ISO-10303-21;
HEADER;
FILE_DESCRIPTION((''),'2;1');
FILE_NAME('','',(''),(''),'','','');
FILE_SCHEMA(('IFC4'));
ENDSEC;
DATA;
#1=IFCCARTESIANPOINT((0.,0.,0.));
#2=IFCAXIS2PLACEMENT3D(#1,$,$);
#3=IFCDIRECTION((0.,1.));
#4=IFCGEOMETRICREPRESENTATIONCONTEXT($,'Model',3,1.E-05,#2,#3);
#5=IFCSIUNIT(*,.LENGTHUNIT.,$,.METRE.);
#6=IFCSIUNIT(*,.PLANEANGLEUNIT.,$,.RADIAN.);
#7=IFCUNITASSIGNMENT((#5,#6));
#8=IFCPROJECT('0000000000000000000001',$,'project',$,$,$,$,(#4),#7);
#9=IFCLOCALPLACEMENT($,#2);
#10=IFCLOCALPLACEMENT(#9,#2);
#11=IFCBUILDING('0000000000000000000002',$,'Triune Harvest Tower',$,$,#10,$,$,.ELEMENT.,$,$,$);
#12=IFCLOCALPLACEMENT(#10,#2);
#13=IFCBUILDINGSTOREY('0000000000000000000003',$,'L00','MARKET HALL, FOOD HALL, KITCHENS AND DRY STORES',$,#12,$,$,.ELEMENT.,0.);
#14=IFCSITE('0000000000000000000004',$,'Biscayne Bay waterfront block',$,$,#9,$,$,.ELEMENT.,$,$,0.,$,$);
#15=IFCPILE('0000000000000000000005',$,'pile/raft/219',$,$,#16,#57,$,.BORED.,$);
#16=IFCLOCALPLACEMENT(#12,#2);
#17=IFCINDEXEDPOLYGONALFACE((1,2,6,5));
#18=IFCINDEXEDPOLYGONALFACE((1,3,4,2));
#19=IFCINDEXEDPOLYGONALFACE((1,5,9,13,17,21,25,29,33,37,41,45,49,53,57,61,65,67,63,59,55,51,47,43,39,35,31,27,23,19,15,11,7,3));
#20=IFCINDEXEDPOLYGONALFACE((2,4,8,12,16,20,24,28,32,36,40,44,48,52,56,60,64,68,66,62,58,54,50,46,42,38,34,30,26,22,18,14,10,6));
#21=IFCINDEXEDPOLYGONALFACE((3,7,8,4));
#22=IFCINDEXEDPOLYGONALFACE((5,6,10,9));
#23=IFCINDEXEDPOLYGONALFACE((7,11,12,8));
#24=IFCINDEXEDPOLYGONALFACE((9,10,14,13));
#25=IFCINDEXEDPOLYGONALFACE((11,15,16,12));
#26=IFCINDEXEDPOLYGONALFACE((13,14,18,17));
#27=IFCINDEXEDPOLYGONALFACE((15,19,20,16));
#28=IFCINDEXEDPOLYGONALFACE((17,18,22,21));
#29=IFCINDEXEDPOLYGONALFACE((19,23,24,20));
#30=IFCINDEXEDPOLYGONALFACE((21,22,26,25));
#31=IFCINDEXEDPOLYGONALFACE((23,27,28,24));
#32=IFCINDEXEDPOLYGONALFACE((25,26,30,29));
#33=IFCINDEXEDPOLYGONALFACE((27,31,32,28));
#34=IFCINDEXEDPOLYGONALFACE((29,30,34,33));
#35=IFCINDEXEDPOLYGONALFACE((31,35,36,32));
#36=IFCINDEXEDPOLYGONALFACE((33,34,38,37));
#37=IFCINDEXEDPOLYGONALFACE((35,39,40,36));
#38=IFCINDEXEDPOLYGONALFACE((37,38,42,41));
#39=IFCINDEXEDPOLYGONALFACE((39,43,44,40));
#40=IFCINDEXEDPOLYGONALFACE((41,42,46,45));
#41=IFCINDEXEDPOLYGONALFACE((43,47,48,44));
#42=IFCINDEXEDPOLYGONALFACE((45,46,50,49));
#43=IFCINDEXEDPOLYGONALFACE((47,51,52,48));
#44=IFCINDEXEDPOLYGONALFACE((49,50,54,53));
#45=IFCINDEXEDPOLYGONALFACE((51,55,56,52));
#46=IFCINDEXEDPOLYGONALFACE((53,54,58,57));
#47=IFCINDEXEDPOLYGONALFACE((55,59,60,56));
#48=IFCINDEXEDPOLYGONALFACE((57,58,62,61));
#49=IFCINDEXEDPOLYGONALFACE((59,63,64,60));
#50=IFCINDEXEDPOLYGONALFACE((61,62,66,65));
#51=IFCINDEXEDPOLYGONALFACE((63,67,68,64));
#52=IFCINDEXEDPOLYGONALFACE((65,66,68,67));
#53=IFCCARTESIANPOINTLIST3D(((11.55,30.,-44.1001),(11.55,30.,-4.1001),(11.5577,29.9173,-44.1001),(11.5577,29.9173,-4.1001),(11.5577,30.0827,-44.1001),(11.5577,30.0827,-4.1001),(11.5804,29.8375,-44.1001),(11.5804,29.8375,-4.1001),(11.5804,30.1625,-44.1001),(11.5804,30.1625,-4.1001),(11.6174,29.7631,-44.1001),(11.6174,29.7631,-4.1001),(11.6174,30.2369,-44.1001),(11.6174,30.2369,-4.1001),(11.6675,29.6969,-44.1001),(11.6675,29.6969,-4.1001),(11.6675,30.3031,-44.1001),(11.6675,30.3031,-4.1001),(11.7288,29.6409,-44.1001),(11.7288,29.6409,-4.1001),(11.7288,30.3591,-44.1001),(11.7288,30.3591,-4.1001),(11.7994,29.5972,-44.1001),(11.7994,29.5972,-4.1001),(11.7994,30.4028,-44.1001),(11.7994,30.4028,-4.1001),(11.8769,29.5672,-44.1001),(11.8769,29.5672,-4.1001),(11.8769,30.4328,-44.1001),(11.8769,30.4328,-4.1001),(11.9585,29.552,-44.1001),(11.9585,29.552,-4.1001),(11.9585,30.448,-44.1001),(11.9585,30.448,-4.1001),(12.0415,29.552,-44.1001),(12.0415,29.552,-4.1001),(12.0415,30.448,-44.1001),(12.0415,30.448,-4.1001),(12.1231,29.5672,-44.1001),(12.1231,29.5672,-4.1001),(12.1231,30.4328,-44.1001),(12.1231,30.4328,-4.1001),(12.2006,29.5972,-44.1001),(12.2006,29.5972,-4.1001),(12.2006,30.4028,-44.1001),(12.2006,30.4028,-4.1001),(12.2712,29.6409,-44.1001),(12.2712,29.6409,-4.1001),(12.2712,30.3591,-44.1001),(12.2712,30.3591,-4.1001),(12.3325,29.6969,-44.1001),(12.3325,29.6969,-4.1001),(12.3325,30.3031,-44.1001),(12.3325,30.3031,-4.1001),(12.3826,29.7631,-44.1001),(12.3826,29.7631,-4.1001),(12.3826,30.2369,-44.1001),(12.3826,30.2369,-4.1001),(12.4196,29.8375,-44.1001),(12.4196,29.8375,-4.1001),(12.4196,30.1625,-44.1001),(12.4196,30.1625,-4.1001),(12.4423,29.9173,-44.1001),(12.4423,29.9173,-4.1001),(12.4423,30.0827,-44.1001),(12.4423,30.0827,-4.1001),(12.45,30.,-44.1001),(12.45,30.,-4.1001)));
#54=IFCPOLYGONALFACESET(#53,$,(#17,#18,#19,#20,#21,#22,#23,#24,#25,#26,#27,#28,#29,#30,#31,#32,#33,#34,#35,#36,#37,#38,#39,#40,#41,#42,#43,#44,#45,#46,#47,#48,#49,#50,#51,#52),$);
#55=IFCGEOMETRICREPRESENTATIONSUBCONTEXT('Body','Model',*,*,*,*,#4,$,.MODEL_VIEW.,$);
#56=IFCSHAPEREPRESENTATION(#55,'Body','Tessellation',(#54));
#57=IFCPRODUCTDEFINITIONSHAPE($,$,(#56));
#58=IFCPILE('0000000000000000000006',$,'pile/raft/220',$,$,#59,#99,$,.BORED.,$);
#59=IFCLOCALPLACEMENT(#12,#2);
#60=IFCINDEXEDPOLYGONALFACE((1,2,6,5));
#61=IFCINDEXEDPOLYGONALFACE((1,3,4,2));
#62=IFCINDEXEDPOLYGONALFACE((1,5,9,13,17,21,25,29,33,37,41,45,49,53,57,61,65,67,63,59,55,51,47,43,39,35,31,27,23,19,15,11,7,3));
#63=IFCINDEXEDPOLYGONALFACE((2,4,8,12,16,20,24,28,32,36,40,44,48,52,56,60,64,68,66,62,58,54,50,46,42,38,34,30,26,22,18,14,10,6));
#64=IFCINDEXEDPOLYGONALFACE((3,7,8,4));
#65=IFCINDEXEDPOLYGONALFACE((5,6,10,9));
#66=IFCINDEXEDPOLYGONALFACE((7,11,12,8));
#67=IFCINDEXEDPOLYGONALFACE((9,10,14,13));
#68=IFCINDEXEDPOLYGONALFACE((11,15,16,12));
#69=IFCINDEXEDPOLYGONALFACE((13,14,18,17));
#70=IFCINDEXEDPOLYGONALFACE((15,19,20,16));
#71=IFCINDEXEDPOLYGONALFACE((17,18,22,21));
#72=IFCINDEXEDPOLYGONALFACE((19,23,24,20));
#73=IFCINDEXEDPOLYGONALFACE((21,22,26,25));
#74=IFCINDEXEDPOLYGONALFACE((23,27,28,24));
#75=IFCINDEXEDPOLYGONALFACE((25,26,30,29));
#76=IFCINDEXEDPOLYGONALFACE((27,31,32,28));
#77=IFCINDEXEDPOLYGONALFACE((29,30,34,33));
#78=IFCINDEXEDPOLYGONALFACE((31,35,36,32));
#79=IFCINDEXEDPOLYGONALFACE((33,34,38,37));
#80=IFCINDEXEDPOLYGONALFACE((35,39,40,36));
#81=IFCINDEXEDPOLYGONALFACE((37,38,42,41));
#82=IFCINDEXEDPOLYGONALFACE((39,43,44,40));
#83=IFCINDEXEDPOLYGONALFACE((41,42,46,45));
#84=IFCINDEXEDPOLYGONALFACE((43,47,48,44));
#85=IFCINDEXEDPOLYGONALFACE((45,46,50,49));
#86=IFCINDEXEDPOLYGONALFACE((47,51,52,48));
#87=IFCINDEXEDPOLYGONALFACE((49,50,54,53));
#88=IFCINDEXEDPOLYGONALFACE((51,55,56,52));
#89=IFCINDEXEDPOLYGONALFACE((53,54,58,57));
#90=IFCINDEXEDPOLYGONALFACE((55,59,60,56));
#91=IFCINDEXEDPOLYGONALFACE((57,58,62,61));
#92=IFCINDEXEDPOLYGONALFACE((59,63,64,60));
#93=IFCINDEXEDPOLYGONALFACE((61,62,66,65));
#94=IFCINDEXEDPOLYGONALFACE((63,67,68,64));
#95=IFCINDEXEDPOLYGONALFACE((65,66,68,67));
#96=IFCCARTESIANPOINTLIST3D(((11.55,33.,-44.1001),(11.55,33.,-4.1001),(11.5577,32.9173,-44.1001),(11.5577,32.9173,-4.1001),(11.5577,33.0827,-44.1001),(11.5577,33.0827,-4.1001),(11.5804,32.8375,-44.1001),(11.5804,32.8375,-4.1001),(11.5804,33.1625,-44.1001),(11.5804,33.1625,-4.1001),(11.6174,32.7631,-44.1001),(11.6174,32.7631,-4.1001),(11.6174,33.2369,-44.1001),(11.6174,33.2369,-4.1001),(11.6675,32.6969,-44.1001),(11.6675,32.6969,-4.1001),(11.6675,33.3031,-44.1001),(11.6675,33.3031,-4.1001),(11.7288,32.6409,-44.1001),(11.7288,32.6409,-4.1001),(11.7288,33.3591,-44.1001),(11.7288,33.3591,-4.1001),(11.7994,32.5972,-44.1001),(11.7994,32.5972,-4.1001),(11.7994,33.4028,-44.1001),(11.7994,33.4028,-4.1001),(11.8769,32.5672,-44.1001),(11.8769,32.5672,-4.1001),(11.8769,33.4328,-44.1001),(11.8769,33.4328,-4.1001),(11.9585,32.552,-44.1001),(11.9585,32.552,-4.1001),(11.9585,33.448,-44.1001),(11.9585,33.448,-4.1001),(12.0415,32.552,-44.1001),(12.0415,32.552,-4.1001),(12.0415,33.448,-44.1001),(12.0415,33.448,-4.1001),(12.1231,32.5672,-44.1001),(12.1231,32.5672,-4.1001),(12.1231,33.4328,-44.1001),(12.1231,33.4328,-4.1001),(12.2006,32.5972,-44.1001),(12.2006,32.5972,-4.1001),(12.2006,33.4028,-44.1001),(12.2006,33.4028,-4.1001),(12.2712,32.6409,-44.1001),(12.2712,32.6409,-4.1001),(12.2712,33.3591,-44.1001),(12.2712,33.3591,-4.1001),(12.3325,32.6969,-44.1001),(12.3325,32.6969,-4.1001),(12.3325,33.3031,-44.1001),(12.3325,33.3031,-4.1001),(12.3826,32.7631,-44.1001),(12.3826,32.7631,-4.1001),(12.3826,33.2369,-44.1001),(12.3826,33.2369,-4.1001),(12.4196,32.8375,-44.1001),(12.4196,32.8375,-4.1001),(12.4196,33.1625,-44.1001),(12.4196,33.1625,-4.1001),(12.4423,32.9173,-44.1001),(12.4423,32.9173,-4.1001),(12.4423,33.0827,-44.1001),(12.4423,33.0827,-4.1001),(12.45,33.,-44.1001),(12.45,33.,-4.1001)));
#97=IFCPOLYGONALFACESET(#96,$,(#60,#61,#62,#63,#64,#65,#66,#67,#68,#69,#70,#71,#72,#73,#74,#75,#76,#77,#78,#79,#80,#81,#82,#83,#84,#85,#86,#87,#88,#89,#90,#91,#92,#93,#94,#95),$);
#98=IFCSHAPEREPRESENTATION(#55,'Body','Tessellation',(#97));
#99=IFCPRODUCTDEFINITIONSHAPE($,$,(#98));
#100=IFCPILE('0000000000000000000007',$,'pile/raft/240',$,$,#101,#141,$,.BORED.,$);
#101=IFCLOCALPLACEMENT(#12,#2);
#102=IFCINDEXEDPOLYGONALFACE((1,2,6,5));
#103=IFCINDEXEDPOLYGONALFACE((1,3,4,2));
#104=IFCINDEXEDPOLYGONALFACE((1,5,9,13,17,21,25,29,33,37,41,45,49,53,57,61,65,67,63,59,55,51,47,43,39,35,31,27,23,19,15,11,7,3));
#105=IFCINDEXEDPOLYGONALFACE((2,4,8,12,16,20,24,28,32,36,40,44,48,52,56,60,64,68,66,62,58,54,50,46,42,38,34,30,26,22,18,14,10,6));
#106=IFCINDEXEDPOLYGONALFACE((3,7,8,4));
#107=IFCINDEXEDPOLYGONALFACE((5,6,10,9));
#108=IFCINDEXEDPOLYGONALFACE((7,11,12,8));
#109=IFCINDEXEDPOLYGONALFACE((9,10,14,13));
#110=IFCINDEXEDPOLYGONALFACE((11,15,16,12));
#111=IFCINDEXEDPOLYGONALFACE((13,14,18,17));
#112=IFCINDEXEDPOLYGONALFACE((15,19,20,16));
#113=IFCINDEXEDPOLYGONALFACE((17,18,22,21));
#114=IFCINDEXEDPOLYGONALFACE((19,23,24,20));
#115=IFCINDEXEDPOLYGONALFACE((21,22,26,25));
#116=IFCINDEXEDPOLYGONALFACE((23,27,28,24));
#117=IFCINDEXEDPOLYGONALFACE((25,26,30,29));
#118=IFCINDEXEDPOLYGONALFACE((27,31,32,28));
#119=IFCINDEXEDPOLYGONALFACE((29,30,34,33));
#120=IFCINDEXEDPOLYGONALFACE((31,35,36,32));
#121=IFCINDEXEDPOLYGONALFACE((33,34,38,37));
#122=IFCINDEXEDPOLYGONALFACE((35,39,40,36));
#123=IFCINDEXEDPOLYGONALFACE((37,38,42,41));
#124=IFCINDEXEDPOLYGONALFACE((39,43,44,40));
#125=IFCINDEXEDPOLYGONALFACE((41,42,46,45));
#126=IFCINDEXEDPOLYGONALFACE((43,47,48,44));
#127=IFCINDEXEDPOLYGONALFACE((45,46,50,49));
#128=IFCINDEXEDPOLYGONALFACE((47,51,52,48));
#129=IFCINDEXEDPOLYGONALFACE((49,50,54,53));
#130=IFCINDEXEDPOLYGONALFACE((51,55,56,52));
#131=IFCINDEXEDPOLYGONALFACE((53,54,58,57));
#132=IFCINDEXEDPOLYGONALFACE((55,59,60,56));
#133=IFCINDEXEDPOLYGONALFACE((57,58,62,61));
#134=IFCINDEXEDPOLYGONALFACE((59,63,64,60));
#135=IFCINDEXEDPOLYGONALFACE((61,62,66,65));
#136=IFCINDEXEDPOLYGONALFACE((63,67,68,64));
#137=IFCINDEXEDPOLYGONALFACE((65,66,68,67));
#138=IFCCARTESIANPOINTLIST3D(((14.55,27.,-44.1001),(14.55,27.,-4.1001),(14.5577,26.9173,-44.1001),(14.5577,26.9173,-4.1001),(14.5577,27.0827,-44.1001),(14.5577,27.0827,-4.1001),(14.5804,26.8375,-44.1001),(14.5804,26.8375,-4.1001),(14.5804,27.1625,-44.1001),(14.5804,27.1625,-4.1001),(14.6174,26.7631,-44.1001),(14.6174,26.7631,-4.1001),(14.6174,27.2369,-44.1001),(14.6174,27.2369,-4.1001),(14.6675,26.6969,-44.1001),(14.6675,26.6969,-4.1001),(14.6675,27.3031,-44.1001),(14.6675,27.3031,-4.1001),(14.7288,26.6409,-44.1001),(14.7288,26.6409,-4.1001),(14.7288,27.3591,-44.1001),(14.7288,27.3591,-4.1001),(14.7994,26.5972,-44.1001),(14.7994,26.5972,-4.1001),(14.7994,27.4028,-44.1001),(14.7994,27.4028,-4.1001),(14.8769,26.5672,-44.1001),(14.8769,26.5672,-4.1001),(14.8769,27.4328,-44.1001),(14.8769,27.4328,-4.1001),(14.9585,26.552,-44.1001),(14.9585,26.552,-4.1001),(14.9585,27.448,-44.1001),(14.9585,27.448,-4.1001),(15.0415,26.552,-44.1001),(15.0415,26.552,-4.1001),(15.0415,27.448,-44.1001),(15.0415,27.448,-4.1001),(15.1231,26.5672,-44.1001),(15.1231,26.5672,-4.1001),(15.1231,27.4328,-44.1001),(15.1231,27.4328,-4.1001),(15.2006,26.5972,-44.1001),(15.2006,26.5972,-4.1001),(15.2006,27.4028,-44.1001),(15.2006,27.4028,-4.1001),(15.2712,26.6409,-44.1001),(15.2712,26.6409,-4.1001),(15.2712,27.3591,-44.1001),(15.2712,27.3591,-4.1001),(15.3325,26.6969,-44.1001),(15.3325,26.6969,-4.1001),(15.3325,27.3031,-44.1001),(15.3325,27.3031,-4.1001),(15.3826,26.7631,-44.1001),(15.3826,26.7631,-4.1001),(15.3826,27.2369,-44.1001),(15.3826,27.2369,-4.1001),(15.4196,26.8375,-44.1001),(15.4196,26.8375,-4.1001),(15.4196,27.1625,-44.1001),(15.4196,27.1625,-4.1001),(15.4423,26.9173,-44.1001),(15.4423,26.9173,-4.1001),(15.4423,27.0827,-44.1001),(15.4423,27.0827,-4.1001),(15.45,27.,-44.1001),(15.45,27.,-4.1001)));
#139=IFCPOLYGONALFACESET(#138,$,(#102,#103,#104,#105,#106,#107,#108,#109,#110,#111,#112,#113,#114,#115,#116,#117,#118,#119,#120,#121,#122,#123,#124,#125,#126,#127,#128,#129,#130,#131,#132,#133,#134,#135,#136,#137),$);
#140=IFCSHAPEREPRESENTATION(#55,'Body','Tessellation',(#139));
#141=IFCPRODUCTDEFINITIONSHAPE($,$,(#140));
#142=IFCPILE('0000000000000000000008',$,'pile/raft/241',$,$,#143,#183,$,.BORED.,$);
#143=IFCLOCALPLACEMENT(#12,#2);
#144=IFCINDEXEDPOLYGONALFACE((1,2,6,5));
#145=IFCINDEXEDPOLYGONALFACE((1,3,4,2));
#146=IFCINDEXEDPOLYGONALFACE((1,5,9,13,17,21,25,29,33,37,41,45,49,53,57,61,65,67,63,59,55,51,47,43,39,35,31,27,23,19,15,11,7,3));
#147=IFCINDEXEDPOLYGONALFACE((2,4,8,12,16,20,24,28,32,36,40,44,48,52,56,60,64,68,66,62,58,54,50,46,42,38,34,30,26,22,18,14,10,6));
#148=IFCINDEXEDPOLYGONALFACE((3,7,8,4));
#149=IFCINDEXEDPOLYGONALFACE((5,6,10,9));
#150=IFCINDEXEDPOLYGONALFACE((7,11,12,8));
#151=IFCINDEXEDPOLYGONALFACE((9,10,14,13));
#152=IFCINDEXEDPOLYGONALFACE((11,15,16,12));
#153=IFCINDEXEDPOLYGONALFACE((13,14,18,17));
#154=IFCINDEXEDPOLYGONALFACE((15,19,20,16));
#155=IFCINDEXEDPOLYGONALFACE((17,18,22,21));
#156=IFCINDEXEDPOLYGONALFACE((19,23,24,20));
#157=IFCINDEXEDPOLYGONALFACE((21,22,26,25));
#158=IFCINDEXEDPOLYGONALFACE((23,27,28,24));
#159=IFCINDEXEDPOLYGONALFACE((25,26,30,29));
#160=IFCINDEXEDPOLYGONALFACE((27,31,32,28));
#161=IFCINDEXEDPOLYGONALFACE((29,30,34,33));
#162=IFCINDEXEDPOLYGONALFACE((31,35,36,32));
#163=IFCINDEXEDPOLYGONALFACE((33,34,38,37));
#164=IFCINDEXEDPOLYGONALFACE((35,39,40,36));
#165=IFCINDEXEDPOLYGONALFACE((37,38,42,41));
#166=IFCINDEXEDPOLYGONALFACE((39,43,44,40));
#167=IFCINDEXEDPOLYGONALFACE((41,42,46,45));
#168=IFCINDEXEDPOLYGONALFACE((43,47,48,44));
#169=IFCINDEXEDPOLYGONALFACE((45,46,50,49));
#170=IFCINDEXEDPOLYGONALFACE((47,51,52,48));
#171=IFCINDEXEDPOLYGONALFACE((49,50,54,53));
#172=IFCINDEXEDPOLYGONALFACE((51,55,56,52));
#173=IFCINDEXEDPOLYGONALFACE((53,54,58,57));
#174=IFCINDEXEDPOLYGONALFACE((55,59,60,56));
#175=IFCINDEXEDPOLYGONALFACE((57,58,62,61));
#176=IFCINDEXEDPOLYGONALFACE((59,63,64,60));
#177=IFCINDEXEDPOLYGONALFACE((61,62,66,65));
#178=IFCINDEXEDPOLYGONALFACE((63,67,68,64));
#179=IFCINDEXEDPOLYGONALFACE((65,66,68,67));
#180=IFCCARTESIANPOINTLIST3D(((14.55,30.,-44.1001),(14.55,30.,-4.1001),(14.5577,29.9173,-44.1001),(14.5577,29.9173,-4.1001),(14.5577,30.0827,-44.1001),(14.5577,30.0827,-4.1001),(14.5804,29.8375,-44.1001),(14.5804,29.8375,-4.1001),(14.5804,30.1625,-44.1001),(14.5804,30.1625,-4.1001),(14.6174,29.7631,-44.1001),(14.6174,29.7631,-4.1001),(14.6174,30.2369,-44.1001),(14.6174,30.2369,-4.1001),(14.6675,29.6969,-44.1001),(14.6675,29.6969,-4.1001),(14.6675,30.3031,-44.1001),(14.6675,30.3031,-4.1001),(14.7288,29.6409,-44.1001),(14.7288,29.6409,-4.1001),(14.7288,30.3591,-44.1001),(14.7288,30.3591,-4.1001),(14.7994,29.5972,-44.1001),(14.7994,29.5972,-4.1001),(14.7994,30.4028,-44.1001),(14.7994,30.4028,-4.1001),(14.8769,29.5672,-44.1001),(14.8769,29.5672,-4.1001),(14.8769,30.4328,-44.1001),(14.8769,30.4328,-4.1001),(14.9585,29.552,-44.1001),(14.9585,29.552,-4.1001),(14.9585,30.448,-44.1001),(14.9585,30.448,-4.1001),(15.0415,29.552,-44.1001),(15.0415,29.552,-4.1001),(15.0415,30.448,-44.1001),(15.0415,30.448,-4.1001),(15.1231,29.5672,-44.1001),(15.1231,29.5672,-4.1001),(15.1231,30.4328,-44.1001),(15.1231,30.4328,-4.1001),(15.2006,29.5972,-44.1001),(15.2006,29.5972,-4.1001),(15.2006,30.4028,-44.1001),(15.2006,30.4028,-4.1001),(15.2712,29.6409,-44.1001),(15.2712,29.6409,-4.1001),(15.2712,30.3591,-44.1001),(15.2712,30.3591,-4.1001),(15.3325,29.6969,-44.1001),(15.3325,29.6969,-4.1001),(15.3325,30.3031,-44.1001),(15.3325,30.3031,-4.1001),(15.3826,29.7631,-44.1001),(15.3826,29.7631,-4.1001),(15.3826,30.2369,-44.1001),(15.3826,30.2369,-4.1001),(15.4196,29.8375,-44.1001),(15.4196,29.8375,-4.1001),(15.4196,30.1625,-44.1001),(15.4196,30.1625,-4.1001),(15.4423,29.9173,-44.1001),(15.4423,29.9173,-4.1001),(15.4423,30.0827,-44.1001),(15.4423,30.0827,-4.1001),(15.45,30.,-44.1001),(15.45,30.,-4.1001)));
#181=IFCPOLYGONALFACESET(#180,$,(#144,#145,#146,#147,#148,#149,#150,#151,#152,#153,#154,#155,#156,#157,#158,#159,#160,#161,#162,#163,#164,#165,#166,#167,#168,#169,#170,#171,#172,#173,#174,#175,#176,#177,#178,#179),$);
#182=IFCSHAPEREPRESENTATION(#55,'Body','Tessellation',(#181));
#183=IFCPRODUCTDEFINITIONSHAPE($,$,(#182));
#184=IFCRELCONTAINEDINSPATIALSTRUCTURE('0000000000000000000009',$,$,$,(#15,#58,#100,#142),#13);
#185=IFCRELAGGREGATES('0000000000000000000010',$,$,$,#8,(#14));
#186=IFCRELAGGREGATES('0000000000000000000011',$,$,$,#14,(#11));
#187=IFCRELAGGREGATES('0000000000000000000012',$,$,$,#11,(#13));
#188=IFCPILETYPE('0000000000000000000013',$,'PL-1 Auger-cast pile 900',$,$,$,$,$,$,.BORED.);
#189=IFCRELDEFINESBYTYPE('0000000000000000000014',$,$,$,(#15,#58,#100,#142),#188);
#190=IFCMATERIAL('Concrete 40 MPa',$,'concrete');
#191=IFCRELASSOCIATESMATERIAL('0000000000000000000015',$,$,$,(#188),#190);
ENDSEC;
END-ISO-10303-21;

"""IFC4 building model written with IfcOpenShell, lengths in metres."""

from ifc_helpers import new_model, si_unit, direction, frame, origin, origin_2d, place, context, subcontext, project, spatial, circle, extrude, source, transform, mapped, material, material_profile, profile_set, type_object, element, save


model = new_model("IFC4")

# Units and contexts
model_context = context("Model", 3, precision=1e-05, world=origin(), true_north=direction((0.0, 1.0)))
body_context = subcontext(model_context, "Body", "Model", "MODEL_VIEW")
ifc_project = project(units=[si_unit("LENGTHUNIT", "METRE"), si_unit("PLANEANGLEUNIT", "RADIAN")], contexts=[model_context])

# Site, building, storey
site_placement = place(None, origin())
site = spatial("IfcSite", under=ifc_project, at=site_placement, Name="Biscayne Bay waterfront block", CompositionType="ELEMENT", RefElevation=0.0)
building_placement = place(site_placement, origin())
building = spatial("IfcBuilding", under=site, at=building_placement, Name="Triune Harvest Tower", CompositionType="ELEMENT")
storey_placement = place(building_placement, origin())
storey = spatial("IfcBuildingStorey", under=building, at=storey_placement, Name="L00", Description="MARKET HALL, FOOD HALL, KITCHENS AND DRY STORES", CompositionType="ELEMENT", Elevation=0.0)

# Piles
ifc_material_1 = material(Name="Concrete 40 MPa", Category="concrete")
ifc_material_profile_1 = material_profile(ifc_material_1, circle(Radius=0.45, at=origin_2d()), Name="Bored 900")
ifc_profile_set_1 = profile_set([ifc_material_profile_1], Name="Concrete 40 MPa")
pile_type = type_object("IfcPileType", Name="PL-1 Auger-cast pile 900", PredefinedType="BORED", material=ifc_profile_set_1)
shared_shape_1 = source(origin(), body_context, "Body", "SweptSolid", [
    extrude(circle(Radius=0.45, at=origin_2d()), origin(), (0.0, 0.0, 1.0), 40.0),
])
for number, where, z_axis, x_axis, name in (
    (1, (12.0, 30.0, -4.1001), (0.0, 0.0, -1.0), (1.0, 0.0, 0.0), "pile/raft/219"),
    (2, (12.0, 33.0, -4.1001), (0.0, 0.0, -1.0), (1.0, 0.0, 0.0), "pile/raft/220"),
    (3, (15.0, 27.0, -4.1001), (0.0, 0.0, -1.0), (1.0, 0.0, 0.0), "pile/raft/240"),
    (4, (15.0, 30.0, -4.1001), (0.0, 0.0, -1.0), (1.0, 0.0, 0.0), "pile/raft/241"),
):
    element("IfcPile", number, at=place(storey_placement, frame(where, z_axis=z_axis, x_axis=x_axis)), inside=storey, type_object=pile_type, Name=name, PredefinedType="BORED", context=body_context, shape_type="MappedRepresentation", body=[
        mapped(shared_shape_1, transform((0.0, 0.0, 0.0), scale=1.0)),
    ])

save(model, "model.ifc")
